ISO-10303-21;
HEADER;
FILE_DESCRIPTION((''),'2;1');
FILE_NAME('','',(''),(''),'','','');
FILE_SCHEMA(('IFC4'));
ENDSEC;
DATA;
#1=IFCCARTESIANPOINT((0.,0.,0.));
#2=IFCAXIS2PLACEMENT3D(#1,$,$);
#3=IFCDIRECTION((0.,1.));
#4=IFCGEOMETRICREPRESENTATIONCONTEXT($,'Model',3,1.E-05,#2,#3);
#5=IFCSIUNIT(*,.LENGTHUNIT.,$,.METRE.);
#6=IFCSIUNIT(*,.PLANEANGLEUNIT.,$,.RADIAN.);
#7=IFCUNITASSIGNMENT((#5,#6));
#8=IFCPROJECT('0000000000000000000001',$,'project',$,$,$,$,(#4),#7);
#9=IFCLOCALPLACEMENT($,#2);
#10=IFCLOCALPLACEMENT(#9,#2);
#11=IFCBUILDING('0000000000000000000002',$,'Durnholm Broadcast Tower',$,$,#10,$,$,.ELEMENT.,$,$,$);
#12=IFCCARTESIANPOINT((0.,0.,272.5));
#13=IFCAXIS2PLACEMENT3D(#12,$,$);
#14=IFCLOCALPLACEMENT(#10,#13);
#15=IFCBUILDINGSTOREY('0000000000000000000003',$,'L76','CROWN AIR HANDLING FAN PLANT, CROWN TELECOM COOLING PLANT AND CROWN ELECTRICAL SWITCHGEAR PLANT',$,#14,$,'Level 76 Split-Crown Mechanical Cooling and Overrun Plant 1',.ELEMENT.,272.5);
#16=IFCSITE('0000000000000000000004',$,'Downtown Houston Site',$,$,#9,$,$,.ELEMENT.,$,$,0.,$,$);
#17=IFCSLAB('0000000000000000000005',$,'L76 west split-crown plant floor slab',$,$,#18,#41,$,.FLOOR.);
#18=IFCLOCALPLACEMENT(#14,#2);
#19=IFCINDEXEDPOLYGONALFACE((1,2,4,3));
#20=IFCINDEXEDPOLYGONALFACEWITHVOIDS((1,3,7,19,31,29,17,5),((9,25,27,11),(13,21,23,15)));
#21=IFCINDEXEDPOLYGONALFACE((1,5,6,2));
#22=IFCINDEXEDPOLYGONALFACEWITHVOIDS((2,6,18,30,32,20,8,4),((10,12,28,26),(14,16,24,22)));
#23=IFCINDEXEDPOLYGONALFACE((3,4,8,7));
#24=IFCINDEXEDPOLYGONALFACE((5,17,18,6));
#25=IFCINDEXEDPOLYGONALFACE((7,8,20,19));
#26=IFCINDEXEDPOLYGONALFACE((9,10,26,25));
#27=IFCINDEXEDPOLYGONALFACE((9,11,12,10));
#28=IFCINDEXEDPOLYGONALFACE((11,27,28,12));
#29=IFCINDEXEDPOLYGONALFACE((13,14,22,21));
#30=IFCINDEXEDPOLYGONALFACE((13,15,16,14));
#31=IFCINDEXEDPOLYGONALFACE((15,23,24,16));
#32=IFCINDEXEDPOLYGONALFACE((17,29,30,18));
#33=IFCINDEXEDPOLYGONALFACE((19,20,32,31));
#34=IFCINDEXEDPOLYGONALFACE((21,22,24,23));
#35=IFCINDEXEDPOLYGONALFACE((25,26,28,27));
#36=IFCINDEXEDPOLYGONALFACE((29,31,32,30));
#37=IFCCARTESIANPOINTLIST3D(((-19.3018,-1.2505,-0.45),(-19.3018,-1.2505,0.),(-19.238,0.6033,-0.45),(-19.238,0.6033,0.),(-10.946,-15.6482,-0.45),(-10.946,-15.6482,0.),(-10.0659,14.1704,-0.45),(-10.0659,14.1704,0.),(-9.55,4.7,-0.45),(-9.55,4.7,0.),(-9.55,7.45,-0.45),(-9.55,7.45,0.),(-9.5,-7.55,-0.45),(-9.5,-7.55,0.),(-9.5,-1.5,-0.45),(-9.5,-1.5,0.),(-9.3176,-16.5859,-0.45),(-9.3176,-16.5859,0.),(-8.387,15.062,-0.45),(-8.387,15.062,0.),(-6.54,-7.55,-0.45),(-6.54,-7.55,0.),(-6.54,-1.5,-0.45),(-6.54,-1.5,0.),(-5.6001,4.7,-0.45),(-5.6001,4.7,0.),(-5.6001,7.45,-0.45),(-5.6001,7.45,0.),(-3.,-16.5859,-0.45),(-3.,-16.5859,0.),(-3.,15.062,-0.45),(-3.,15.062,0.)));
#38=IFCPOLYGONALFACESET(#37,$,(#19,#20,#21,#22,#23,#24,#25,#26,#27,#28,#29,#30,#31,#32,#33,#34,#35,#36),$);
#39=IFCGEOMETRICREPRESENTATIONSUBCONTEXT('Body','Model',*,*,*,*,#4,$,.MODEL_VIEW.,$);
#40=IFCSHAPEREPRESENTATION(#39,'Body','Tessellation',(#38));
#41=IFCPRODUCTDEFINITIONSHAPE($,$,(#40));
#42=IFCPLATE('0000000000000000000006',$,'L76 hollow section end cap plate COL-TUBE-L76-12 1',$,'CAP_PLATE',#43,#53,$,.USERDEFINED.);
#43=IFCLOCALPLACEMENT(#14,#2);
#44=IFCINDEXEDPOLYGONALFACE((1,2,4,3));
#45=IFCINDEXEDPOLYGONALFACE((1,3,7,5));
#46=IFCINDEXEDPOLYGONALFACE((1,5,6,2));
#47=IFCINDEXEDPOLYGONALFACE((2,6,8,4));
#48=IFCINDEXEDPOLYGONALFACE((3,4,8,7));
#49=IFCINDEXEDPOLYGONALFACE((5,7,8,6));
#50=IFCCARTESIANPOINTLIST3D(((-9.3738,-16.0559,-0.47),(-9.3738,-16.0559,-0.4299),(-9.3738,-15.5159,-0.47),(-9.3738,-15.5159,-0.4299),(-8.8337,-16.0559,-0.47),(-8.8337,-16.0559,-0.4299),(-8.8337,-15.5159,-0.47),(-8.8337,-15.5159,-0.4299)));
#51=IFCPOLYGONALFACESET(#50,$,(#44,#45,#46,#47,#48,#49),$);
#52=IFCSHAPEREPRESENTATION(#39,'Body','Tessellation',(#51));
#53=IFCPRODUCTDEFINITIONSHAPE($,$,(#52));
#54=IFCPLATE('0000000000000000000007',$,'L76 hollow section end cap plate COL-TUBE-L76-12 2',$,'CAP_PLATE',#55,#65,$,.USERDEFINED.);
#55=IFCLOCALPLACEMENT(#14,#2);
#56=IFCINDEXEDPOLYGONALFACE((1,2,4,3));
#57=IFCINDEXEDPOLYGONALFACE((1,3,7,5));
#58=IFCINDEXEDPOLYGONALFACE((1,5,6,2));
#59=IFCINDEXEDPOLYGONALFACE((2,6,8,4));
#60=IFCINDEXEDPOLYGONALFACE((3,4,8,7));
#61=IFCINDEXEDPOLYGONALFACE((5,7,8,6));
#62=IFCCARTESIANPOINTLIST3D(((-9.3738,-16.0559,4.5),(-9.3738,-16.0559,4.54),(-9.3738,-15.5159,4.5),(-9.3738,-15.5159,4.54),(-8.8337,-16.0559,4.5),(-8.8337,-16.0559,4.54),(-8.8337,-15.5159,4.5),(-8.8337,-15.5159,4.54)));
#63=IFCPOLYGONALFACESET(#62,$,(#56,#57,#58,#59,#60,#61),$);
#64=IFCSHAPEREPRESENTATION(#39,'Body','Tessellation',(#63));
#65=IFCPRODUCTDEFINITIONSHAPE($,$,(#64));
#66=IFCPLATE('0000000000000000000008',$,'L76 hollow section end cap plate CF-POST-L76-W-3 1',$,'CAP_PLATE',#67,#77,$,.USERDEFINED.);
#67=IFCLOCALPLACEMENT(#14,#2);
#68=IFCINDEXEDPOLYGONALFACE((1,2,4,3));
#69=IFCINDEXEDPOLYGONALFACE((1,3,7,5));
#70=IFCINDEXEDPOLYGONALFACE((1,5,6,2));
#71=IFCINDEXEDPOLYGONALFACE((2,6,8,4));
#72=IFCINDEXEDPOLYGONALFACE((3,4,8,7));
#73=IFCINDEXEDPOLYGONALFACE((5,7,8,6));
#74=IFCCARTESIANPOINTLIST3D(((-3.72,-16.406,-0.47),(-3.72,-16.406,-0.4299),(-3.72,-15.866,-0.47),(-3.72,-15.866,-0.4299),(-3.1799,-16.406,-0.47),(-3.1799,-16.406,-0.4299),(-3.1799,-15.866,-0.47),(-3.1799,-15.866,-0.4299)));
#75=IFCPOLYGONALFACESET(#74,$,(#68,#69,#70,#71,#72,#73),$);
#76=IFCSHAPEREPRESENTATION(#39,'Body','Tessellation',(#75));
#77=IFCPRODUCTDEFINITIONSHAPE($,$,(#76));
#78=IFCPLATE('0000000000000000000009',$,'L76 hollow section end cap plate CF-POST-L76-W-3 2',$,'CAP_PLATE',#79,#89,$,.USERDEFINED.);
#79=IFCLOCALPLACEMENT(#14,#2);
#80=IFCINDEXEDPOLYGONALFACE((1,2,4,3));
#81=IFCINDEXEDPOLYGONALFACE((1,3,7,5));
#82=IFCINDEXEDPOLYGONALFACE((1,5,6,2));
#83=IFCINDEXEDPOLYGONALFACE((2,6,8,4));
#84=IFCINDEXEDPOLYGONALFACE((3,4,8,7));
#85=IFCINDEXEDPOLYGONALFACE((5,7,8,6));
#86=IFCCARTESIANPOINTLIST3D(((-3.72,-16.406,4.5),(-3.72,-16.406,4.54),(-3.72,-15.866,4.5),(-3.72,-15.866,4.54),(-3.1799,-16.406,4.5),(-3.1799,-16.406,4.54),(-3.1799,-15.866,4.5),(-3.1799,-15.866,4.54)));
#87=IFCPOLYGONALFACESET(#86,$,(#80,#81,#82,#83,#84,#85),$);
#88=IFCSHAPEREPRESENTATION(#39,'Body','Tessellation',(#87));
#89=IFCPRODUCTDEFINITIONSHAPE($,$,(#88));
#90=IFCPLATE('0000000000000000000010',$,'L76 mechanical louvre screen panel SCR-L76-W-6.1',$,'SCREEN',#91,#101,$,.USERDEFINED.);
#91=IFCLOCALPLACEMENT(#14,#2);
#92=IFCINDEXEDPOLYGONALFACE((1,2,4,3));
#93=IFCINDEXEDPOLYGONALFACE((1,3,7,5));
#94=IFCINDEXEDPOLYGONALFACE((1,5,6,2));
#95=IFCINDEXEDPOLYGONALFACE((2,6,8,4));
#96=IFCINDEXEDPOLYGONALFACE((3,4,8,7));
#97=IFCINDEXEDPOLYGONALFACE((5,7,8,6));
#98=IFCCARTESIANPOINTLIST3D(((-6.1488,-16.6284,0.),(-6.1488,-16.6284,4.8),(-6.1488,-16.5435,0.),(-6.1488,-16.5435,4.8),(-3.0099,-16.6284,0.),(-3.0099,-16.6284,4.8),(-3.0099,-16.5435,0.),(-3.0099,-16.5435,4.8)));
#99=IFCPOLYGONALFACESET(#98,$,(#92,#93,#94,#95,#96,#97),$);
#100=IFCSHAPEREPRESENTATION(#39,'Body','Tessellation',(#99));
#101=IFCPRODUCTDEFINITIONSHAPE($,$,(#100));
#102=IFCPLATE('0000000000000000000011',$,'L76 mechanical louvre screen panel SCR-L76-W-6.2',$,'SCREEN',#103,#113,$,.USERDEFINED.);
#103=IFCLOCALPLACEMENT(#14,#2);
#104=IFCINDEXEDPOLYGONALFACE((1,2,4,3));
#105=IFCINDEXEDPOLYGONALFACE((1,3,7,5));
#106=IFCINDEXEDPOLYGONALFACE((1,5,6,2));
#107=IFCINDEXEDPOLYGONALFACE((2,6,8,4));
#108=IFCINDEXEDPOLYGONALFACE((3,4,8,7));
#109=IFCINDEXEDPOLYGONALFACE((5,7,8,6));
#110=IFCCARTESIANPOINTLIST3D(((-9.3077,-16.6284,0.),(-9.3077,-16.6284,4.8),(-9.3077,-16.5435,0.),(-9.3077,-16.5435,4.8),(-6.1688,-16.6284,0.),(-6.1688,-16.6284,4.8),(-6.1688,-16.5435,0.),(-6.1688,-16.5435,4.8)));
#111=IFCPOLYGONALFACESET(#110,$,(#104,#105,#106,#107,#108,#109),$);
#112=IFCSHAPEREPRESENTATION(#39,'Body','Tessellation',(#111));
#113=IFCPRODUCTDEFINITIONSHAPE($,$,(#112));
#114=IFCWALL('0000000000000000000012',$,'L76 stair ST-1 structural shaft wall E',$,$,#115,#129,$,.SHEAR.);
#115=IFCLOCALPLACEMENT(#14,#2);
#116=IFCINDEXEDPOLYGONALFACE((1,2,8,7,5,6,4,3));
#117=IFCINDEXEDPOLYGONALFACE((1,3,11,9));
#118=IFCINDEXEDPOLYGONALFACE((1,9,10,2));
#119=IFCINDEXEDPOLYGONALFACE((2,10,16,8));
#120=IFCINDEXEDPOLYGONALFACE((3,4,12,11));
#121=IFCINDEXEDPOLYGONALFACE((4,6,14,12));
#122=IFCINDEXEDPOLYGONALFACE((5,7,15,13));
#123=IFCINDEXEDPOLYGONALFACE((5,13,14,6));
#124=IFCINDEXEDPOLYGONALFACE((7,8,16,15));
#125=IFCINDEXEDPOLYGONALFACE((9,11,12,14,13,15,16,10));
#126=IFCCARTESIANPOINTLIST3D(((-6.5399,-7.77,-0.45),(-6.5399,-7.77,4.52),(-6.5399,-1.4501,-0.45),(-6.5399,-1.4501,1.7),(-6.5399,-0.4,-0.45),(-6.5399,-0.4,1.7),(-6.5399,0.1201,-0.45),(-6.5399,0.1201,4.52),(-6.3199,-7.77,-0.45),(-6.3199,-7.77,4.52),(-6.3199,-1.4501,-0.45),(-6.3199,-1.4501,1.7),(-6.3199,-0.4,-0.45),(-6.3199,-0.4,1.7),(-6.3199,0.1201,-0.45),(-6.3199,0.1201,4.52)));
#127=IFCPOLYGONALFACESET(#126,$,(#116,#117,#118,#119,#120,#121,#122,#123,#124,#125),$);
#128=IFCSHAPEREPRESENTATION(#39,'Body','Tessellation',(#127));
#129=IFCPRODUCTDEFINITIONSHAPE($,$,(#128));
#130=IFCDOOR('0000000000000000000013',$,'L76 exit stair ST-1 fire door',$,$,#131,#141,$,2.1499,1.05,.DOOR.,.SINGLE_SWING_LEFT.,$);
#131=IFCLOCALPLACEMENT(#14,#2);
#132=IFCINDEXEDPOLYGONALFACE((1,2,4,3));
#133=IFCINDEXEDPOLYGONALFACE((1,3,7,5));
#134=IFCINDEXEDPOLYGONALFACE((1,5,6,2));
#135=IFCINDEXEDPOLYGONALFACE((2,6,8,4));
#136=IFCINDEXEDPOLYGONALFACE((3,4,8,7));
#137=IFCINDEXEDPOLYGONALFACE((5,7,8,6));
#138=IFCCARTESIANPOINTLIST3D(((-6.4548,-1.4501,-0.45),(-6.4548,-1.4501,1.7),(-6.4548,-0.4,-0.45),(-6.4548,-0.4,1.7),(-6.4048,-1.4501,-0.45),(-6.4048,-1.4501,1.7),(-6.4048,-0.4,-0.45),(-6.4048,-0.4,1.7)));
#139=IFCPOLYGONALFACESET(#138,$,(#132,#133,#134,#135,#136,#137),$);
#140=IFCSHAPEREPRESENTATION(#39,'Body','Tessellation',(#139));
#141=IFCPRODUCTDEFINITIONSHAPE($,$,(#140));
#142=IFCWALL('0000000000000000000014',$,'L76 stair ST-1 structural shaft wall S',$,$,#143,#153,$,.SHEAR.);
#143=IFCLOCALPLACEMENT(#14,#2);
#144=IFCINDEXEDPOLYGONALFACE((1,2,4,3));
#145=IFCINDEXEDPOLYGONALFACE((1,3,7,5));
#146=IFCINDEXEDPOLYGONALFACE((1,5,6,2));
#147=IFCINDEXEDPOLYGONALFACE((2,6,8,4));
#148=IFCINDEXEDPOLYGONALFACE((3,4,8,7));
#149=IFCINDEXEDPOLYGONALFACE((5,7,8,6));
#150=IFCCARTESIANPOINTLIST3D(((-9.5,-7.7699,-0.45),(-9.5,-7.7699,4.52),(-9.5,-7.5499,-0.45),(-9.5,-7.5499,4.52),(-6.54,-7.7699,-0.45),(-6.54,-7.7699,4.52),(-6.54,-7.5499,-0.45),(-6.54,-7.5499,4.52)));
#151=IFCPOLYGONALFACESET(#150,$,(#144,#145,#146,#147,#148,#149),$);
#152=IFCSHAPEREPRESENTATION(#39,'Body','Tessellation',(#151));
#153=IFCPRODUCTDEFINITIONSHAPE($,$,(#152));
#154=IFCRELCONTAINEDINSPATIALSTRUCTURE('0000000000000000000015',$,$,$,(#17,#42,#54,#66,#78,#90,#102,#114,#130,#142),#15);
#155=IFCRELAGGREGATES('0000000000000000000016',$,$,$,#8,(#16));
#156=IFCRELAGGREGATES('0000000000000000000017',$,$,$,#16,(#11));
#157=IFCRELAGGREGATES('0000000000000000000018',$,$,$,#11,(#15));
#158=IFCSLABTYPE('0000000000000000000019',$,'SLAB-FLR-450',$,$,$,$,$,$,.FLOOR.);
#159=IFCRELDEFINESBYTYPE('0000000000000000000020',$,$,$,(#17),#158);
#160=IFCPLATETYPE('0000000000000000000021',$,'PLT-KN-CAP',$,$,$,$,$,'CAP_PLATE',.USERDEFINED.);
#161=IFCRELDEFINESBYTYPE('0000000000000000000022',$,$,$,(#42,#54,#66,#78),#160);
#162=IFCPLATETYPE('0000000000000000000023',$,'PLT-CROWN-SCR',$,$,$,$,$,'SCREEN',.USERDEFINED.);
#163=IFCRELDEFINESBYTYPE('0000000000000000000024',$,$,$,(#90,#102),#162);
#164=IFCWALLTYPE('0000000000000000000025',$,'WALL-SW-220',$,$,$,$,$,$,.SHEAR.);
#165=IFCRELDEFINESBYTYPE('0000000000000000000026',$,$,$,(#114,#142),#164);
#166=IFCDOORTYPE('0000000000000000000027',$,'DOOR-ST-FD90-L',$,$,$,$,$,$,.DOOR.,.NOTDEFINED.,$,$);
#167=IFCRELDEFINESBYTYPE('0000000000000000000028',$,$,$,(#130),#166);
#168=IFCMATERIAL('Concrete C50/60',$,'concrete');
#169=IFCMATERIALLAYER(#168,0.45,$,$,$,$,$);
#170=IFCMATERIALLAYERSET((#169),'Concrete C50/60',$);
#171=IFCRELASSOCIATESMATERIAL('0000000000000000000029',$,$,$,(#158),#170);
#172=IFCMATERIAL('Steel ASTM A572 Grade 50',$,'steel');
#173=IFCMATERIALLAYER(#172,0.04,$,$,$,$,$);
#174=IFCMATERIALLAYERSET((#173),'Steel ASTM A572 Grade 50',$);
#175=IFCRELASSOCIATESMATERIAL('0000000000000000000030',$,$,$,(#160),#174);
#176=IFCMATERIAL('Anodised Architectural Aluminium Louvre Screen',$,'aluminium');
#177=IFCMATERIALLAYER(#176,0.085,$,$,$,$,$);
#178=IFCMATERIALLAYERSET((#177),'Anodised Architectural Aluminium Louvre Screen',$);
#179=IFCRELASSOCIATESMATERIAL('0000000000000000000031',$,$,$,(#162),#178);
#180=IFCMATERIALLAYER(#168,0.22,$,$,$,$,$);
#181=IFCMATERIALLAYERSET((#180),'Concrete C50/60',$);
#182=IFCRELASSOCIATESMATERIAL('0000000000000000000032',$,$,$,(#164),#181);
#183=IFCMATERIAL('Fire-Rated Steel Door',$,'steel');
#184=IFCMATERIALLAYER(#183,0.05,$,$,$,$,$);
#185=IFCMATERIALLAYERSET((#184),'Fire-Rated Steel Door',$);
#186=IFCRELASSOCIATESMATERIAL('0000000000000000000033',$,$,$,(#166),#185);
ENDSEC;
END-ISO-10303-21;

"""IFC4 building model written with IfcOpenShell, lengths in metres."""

from ifc_helpers import new_model, si_unit, direction, frame, frame_2d, origin, origin_2d, place, context, subcontext, project, spatial, polyline, rectangle, outline, extrude, source, transform, mapped, material, layer, layer_set, type_object, type_shapes, element, fill, save


model = new_model("IFC4")

# Units and contexts
model_context = context("Model", 3, precision=1e-05, world=origin(), true_north=direction((0.0, 1.0)))
body_context = subcontext(model_context, "Body", "Model", "MODEL_VIEW")
ifc_project = project(units=[si_unit("LENGTHUNIT", "METRE"), si_unit("PLANEANGLEUNIT", "RADIAN")], contexts=[model_context])

# Site, building, storey
site_placement = place(None, origin())
site = spatial("IfcSite", under=ifc_project, at=site_placement, Name="Downtown Houston Site", CompositionType="ELEMENT", RefElevation=0.0)
building_placement = place(site_placement, origin())
building = spatial("IfcBuilding", under=site, at=building_placement, Name="Durnholm Broadcast Tower", CompositionType="ELEMENT")
storey_placement = place(building_placement, frame((0.0, 0.0, 272.5)))
storey = spatial("IfcBuildingStorey", under=building, at=storey_placement, Name="L76", Description="CROWN AIR HANDLING FAN PLANT, CROWN TELECOM COOLING PLANT AND CROWN ELECTRICAL SWITCHGEAR PLANT", LongName="Level 76 Split-Crown Mechanical Cooling and Overrun Plant 1", CompositionType="ELEMENT", Elevation=272.5)

# Slab
ifc_material_1 = material(Name="Concrete C50/60", Category="concrete")
ifc_layer_1 = layer(ifc_material_1, 0.45)
ifc_layer_set_1 = layer_set([ifc_layer_1], Name="Concrete C50/60")
slab_type = type_object("IfcSlabType", Name="SLAB-FLR-450", PredefinedType="FLOOR", material=ifc_layer_set_1)
slab_placement = place(storey_placement, frame((0.0, 0.0, -0.45)))
element("IfcSlab", 1, at=slab_placement, inside=storey, type_object=slab_type, Name="L76 west split-crown plant floor slab", PredefinedType="FLOOR", context=body_context, shape_type="SweptSolid", body=[
    extrude(outline(polyline([(-10.946, -15.6482), (-9.3176, -16.5859), (-3.0, -16.5859), (-3.0, 15.062), (-8.387, 15.062), (-10.0659, 14.1704), (-19.238, 0.6033), (-19.3018, -1.2505), (-10.946, -15.6482)]), holes=[polyline([(-6.54, -1.5), (-9.5, -1.5), (-9.5, -7.55), (-6.54, -7.55), (-6.54, -1.5)]), polyline([(-9.55, 7.45), (-9.55, 4.7), (-5.6001, 4.7), (-5.6001, 7.45), (-9.55, 7.45)])]), origin(), (0.0, 0.0, 1.0), 0.45),
])

# Plates
ifc_material_2 = material(Name="Steel ASTM A572 Grade 50", Category="steel")
ifc_layer_2 = layer(ifc_material_2, 0.04)
ifc_layer_set_2 = layer_set([ifc_layer_2], Name="Steel ASTM A572 Grade 50")
plate_type_1 = type_object("IfcPlateType", Name="PLT-KN-CAP", ElementType="CAP_PLATE", PredefinedType="USERDEFINED", material=ifc_layer_set_2)
shared_shape_1 = source(origin(), body_context, "Body", "SweptSolid", [
    extrude(rectangle(XDim=0.54, YDim=0.54, at=origin_2d()), origin(), (0.0, 0.0, 1.0), 0.04),
])
type_shapes(plate_type_1, [shared_shape_1])
for number, where, z_axis, x_axis, name in (
    (2, (-9.1038, -15.7859, -0.47), (0.0, 0.0, 1.0), (1.0, 0.0, 0.0), "L76 hollow section end cap plate COL-TUBE-L76-12 1"),
    (3, (-9.1038, -15.7859, 4.5), (0.0, 0.0, 1.0), (1.0, 0.0, 0.0), "L76 hollow section end cap plate COL-TUBE-L76-12 2"),
    (4, (-3.45, -16.136, -0.47), (0.0, 0.0, 1.0), (1.0, 0.0, 0.0), "L76 hollow section end cap plate CF-POST-L76-W-3 1"),
    (5, (-3.45, -16.136, 4.5), (0.0, 0.0, 1.0), (1.0, 0.0, 0.0), "L76 hollow section end cap plate CF-POST-L76-W-3 2"),
):
    element("IfcPlate", number, at=place(storey_placement, frame(where, z_axis=z_axis, x_axis=x_axis)), inside=storey, type_object=plate_type_1, Name=name, ObjectType="CAP_PLATE", PredefinedType="USERDEFINED", context=body_context, shape_type="MappedRepresentation", body=[
        mapped(shared_shape_1, transform((0.0, 0.0, 0.0), x_axis=(1.0, 0.0, 0.0), y_axis=(0.0, 1.0, 0.0), z_axis=(0.0, 0.0, 1.0), scale=1.0)),
    ])
ifc_material_3 = material(Name="Anodised Architectural Aluminium Louvre Screen", Category="aluminium")
ifc_layer_3 = layer(ifc_material_3, 0.085)
ifc_layer_set_3 = layer_set([ifc_layer_3], Name="Anodised Architectural Aluminium Louvre Screen")
plate_type_2 = type_object("IfcPlateType", Name="PLT-CROWN-SCR", ElementType="SCREEN", PredefinedType="USERDEFINED", material=ifc_layer_set_3)
shared_shape_2 = source(origin(), body_context, "Body", "SweptSolid", [
    extrude(rectangle(XDim=3.1389, YDim=0.085, at=origin_2d()), origin(), (0.0, 0.0, 1.0), 4.8),
])
type_shapes(plate_type_2, [shared_shape_2])
for number, where, z_axis, x_axis, name in (
    (6, (-4.5793, -16.5859, 0.0), (0.0, 0.0, 1.0), (-1.0, 0.0, 0.0), "L76 mechanical louvre screen panel SCR-L76-W-6.1"),
    (7, (-7.7383, -16.5859, 0.0), (0.0, 0.0, 1.0), (-1.0, 0.0, 0.0), "L76 mechanical louvre screen panel SCR-L76-W-6.2"),
):
    element("IfcPlate", number, at=place(storey_placement, frame(where, z_axis=z_axis, x_axis=x_axis)), inside=storey, type_object=plate_type_2, Name=name, ObjectType="SCREEN", PredefinedType="USERDEFINED", context=body_context, shape_type="MappedRepresentation", body=[
        mapped(shared_shape_2, transform((0.0, 0.0, 0.0), x_axis=(1.0, 0.0, 0.0), y_axis=(0.0, 1.0, 0.0), z_axis=(0.0, 0.0, 1.0), scale=1.0)),
    ])

# Wall, opening, door
ifc_layer_4 = layer(ifc_material_1, 0.22)
ifc_layer_set_4 = layer_set([ifc_layer_4], Name="Concrete C50/60")
wall_type = type_object("IfcWallType", Name="WALL-SW-220", PredefinedType="SHEAR", material=ifc_layer_set_4)
wall_1_placement = place(storey_placement, frame((-6.4299, -7.77, -0.45), z_axis=(0.0, 0.0, 1.0), x_axis=(0.0, 1.0, 0.0)))
wall_1 = element("IfcWall", 8, at=wall_1_placement, inside=storey, type_object=wall_type, Name="L76 stair ST-1 structural shaft wall E", PredefinedType="SHEAR", context=body_context, shape_type="SweptSolid", body=[
    extrude(rectangle(XDim=7.8901, YDim=0.22, at=frame_2d((3.9451, 0.0))), origin(), (0.0, 0.0, 1.0), 4.97),
])
opening_placement = place(wall_1_placement, frame((6.3201, 0.0, 0.0)))
opening = element("IfcOpeningElement", 9, at=opening_placement, cuts=wall_1, PredefinedType="OPENING", context=body_context, shape_type="SweptSolid", body=[
    extrude(rectangle(XDim=1.05, YDim=2.1499, at=frame_2d((0.5249, 1.075))), frame((0.0, 0.1201, 0.0), z_axis=(0.0, -1.0, 0.0), x_axis=(1.0, 0.0, 0.0)), (0.0, 0.0, 1.0), 0.24),
])
ifc_material_4 = material(Name="Fire-Rated Steel Door", Category="steel")
ifc_layer_5 = layer(ifc_material_4, 0.05)
ifc_layer_set_5 = layer_set([ifc_layer_5], Name="Fire-Rated Steel Door")
door_type = type_object("IfcDoorType", Name="DOOR-ST-FD90-L", OperationType="NOTDEFINED", PredefinedType="DOOR", material=ifc_layer_set_5)
shared_shape_3 = source(origin(), body_context, "Body", "SweptSolid", [
    extrude(rectangle(XDim=1.05, YDim=2.1499, at=frame_2d((0.5249, 1.075))), frame((0.0, 0.0249, 0.0), z_axis=(0.0, -1.0, 0.0), x_axis=(1.0, 0.0, 0.0)), (0.0, 0.0, 1.0), 0.05),
])
type_shapes(door_type, [shared_shape_3])
door_placement = place(opening_placement, origin())
door = element("IfcDoor", 10, at=door_placement, inside=storey, type_object=door_type, Name="L76 exit stair ST-1 fire door", OperationType="SINGLE_SWING_LEFT", OverallHeight=2.1499, OverallWidth=1.05, PredefinedType="DOOR", context=body_context, shape_type="MappedRepresentation", body=[
    mapped(shared_shape_3, transform((0.0, 0.0, 0.0), x_axis=(1.0, 0.0, 0.0), y_axis=(0.0, 1.0, 0.0), z_axis=(0.0, 0.0, 1.0), scale=1.0)),
])
fill(opening, door)

# Wall
wall_2_placement = place(storey_placement, frame((-9.5, -7.6599, -0.45), z_axis=(0.0, 0.0, 1.0), x_axis=(1.0, 0.0, 0.0)))
element("IfcWall", 11, at=wall_2_placement, inside=storey, type_object=wall_type, Name="L76 stair ST-1 structural shaft wall S", PredefinedType="SHEAR", context=body_context, shape_type="SweptSolid", body=[
    extrude(rectangle(XDim=2.96, YDim=0.22, at=frame_2d((1.48, 0.0))), origin(), (0.0, 0.0, 1.0), 4.97),
])

save(model, "model.ifc")
